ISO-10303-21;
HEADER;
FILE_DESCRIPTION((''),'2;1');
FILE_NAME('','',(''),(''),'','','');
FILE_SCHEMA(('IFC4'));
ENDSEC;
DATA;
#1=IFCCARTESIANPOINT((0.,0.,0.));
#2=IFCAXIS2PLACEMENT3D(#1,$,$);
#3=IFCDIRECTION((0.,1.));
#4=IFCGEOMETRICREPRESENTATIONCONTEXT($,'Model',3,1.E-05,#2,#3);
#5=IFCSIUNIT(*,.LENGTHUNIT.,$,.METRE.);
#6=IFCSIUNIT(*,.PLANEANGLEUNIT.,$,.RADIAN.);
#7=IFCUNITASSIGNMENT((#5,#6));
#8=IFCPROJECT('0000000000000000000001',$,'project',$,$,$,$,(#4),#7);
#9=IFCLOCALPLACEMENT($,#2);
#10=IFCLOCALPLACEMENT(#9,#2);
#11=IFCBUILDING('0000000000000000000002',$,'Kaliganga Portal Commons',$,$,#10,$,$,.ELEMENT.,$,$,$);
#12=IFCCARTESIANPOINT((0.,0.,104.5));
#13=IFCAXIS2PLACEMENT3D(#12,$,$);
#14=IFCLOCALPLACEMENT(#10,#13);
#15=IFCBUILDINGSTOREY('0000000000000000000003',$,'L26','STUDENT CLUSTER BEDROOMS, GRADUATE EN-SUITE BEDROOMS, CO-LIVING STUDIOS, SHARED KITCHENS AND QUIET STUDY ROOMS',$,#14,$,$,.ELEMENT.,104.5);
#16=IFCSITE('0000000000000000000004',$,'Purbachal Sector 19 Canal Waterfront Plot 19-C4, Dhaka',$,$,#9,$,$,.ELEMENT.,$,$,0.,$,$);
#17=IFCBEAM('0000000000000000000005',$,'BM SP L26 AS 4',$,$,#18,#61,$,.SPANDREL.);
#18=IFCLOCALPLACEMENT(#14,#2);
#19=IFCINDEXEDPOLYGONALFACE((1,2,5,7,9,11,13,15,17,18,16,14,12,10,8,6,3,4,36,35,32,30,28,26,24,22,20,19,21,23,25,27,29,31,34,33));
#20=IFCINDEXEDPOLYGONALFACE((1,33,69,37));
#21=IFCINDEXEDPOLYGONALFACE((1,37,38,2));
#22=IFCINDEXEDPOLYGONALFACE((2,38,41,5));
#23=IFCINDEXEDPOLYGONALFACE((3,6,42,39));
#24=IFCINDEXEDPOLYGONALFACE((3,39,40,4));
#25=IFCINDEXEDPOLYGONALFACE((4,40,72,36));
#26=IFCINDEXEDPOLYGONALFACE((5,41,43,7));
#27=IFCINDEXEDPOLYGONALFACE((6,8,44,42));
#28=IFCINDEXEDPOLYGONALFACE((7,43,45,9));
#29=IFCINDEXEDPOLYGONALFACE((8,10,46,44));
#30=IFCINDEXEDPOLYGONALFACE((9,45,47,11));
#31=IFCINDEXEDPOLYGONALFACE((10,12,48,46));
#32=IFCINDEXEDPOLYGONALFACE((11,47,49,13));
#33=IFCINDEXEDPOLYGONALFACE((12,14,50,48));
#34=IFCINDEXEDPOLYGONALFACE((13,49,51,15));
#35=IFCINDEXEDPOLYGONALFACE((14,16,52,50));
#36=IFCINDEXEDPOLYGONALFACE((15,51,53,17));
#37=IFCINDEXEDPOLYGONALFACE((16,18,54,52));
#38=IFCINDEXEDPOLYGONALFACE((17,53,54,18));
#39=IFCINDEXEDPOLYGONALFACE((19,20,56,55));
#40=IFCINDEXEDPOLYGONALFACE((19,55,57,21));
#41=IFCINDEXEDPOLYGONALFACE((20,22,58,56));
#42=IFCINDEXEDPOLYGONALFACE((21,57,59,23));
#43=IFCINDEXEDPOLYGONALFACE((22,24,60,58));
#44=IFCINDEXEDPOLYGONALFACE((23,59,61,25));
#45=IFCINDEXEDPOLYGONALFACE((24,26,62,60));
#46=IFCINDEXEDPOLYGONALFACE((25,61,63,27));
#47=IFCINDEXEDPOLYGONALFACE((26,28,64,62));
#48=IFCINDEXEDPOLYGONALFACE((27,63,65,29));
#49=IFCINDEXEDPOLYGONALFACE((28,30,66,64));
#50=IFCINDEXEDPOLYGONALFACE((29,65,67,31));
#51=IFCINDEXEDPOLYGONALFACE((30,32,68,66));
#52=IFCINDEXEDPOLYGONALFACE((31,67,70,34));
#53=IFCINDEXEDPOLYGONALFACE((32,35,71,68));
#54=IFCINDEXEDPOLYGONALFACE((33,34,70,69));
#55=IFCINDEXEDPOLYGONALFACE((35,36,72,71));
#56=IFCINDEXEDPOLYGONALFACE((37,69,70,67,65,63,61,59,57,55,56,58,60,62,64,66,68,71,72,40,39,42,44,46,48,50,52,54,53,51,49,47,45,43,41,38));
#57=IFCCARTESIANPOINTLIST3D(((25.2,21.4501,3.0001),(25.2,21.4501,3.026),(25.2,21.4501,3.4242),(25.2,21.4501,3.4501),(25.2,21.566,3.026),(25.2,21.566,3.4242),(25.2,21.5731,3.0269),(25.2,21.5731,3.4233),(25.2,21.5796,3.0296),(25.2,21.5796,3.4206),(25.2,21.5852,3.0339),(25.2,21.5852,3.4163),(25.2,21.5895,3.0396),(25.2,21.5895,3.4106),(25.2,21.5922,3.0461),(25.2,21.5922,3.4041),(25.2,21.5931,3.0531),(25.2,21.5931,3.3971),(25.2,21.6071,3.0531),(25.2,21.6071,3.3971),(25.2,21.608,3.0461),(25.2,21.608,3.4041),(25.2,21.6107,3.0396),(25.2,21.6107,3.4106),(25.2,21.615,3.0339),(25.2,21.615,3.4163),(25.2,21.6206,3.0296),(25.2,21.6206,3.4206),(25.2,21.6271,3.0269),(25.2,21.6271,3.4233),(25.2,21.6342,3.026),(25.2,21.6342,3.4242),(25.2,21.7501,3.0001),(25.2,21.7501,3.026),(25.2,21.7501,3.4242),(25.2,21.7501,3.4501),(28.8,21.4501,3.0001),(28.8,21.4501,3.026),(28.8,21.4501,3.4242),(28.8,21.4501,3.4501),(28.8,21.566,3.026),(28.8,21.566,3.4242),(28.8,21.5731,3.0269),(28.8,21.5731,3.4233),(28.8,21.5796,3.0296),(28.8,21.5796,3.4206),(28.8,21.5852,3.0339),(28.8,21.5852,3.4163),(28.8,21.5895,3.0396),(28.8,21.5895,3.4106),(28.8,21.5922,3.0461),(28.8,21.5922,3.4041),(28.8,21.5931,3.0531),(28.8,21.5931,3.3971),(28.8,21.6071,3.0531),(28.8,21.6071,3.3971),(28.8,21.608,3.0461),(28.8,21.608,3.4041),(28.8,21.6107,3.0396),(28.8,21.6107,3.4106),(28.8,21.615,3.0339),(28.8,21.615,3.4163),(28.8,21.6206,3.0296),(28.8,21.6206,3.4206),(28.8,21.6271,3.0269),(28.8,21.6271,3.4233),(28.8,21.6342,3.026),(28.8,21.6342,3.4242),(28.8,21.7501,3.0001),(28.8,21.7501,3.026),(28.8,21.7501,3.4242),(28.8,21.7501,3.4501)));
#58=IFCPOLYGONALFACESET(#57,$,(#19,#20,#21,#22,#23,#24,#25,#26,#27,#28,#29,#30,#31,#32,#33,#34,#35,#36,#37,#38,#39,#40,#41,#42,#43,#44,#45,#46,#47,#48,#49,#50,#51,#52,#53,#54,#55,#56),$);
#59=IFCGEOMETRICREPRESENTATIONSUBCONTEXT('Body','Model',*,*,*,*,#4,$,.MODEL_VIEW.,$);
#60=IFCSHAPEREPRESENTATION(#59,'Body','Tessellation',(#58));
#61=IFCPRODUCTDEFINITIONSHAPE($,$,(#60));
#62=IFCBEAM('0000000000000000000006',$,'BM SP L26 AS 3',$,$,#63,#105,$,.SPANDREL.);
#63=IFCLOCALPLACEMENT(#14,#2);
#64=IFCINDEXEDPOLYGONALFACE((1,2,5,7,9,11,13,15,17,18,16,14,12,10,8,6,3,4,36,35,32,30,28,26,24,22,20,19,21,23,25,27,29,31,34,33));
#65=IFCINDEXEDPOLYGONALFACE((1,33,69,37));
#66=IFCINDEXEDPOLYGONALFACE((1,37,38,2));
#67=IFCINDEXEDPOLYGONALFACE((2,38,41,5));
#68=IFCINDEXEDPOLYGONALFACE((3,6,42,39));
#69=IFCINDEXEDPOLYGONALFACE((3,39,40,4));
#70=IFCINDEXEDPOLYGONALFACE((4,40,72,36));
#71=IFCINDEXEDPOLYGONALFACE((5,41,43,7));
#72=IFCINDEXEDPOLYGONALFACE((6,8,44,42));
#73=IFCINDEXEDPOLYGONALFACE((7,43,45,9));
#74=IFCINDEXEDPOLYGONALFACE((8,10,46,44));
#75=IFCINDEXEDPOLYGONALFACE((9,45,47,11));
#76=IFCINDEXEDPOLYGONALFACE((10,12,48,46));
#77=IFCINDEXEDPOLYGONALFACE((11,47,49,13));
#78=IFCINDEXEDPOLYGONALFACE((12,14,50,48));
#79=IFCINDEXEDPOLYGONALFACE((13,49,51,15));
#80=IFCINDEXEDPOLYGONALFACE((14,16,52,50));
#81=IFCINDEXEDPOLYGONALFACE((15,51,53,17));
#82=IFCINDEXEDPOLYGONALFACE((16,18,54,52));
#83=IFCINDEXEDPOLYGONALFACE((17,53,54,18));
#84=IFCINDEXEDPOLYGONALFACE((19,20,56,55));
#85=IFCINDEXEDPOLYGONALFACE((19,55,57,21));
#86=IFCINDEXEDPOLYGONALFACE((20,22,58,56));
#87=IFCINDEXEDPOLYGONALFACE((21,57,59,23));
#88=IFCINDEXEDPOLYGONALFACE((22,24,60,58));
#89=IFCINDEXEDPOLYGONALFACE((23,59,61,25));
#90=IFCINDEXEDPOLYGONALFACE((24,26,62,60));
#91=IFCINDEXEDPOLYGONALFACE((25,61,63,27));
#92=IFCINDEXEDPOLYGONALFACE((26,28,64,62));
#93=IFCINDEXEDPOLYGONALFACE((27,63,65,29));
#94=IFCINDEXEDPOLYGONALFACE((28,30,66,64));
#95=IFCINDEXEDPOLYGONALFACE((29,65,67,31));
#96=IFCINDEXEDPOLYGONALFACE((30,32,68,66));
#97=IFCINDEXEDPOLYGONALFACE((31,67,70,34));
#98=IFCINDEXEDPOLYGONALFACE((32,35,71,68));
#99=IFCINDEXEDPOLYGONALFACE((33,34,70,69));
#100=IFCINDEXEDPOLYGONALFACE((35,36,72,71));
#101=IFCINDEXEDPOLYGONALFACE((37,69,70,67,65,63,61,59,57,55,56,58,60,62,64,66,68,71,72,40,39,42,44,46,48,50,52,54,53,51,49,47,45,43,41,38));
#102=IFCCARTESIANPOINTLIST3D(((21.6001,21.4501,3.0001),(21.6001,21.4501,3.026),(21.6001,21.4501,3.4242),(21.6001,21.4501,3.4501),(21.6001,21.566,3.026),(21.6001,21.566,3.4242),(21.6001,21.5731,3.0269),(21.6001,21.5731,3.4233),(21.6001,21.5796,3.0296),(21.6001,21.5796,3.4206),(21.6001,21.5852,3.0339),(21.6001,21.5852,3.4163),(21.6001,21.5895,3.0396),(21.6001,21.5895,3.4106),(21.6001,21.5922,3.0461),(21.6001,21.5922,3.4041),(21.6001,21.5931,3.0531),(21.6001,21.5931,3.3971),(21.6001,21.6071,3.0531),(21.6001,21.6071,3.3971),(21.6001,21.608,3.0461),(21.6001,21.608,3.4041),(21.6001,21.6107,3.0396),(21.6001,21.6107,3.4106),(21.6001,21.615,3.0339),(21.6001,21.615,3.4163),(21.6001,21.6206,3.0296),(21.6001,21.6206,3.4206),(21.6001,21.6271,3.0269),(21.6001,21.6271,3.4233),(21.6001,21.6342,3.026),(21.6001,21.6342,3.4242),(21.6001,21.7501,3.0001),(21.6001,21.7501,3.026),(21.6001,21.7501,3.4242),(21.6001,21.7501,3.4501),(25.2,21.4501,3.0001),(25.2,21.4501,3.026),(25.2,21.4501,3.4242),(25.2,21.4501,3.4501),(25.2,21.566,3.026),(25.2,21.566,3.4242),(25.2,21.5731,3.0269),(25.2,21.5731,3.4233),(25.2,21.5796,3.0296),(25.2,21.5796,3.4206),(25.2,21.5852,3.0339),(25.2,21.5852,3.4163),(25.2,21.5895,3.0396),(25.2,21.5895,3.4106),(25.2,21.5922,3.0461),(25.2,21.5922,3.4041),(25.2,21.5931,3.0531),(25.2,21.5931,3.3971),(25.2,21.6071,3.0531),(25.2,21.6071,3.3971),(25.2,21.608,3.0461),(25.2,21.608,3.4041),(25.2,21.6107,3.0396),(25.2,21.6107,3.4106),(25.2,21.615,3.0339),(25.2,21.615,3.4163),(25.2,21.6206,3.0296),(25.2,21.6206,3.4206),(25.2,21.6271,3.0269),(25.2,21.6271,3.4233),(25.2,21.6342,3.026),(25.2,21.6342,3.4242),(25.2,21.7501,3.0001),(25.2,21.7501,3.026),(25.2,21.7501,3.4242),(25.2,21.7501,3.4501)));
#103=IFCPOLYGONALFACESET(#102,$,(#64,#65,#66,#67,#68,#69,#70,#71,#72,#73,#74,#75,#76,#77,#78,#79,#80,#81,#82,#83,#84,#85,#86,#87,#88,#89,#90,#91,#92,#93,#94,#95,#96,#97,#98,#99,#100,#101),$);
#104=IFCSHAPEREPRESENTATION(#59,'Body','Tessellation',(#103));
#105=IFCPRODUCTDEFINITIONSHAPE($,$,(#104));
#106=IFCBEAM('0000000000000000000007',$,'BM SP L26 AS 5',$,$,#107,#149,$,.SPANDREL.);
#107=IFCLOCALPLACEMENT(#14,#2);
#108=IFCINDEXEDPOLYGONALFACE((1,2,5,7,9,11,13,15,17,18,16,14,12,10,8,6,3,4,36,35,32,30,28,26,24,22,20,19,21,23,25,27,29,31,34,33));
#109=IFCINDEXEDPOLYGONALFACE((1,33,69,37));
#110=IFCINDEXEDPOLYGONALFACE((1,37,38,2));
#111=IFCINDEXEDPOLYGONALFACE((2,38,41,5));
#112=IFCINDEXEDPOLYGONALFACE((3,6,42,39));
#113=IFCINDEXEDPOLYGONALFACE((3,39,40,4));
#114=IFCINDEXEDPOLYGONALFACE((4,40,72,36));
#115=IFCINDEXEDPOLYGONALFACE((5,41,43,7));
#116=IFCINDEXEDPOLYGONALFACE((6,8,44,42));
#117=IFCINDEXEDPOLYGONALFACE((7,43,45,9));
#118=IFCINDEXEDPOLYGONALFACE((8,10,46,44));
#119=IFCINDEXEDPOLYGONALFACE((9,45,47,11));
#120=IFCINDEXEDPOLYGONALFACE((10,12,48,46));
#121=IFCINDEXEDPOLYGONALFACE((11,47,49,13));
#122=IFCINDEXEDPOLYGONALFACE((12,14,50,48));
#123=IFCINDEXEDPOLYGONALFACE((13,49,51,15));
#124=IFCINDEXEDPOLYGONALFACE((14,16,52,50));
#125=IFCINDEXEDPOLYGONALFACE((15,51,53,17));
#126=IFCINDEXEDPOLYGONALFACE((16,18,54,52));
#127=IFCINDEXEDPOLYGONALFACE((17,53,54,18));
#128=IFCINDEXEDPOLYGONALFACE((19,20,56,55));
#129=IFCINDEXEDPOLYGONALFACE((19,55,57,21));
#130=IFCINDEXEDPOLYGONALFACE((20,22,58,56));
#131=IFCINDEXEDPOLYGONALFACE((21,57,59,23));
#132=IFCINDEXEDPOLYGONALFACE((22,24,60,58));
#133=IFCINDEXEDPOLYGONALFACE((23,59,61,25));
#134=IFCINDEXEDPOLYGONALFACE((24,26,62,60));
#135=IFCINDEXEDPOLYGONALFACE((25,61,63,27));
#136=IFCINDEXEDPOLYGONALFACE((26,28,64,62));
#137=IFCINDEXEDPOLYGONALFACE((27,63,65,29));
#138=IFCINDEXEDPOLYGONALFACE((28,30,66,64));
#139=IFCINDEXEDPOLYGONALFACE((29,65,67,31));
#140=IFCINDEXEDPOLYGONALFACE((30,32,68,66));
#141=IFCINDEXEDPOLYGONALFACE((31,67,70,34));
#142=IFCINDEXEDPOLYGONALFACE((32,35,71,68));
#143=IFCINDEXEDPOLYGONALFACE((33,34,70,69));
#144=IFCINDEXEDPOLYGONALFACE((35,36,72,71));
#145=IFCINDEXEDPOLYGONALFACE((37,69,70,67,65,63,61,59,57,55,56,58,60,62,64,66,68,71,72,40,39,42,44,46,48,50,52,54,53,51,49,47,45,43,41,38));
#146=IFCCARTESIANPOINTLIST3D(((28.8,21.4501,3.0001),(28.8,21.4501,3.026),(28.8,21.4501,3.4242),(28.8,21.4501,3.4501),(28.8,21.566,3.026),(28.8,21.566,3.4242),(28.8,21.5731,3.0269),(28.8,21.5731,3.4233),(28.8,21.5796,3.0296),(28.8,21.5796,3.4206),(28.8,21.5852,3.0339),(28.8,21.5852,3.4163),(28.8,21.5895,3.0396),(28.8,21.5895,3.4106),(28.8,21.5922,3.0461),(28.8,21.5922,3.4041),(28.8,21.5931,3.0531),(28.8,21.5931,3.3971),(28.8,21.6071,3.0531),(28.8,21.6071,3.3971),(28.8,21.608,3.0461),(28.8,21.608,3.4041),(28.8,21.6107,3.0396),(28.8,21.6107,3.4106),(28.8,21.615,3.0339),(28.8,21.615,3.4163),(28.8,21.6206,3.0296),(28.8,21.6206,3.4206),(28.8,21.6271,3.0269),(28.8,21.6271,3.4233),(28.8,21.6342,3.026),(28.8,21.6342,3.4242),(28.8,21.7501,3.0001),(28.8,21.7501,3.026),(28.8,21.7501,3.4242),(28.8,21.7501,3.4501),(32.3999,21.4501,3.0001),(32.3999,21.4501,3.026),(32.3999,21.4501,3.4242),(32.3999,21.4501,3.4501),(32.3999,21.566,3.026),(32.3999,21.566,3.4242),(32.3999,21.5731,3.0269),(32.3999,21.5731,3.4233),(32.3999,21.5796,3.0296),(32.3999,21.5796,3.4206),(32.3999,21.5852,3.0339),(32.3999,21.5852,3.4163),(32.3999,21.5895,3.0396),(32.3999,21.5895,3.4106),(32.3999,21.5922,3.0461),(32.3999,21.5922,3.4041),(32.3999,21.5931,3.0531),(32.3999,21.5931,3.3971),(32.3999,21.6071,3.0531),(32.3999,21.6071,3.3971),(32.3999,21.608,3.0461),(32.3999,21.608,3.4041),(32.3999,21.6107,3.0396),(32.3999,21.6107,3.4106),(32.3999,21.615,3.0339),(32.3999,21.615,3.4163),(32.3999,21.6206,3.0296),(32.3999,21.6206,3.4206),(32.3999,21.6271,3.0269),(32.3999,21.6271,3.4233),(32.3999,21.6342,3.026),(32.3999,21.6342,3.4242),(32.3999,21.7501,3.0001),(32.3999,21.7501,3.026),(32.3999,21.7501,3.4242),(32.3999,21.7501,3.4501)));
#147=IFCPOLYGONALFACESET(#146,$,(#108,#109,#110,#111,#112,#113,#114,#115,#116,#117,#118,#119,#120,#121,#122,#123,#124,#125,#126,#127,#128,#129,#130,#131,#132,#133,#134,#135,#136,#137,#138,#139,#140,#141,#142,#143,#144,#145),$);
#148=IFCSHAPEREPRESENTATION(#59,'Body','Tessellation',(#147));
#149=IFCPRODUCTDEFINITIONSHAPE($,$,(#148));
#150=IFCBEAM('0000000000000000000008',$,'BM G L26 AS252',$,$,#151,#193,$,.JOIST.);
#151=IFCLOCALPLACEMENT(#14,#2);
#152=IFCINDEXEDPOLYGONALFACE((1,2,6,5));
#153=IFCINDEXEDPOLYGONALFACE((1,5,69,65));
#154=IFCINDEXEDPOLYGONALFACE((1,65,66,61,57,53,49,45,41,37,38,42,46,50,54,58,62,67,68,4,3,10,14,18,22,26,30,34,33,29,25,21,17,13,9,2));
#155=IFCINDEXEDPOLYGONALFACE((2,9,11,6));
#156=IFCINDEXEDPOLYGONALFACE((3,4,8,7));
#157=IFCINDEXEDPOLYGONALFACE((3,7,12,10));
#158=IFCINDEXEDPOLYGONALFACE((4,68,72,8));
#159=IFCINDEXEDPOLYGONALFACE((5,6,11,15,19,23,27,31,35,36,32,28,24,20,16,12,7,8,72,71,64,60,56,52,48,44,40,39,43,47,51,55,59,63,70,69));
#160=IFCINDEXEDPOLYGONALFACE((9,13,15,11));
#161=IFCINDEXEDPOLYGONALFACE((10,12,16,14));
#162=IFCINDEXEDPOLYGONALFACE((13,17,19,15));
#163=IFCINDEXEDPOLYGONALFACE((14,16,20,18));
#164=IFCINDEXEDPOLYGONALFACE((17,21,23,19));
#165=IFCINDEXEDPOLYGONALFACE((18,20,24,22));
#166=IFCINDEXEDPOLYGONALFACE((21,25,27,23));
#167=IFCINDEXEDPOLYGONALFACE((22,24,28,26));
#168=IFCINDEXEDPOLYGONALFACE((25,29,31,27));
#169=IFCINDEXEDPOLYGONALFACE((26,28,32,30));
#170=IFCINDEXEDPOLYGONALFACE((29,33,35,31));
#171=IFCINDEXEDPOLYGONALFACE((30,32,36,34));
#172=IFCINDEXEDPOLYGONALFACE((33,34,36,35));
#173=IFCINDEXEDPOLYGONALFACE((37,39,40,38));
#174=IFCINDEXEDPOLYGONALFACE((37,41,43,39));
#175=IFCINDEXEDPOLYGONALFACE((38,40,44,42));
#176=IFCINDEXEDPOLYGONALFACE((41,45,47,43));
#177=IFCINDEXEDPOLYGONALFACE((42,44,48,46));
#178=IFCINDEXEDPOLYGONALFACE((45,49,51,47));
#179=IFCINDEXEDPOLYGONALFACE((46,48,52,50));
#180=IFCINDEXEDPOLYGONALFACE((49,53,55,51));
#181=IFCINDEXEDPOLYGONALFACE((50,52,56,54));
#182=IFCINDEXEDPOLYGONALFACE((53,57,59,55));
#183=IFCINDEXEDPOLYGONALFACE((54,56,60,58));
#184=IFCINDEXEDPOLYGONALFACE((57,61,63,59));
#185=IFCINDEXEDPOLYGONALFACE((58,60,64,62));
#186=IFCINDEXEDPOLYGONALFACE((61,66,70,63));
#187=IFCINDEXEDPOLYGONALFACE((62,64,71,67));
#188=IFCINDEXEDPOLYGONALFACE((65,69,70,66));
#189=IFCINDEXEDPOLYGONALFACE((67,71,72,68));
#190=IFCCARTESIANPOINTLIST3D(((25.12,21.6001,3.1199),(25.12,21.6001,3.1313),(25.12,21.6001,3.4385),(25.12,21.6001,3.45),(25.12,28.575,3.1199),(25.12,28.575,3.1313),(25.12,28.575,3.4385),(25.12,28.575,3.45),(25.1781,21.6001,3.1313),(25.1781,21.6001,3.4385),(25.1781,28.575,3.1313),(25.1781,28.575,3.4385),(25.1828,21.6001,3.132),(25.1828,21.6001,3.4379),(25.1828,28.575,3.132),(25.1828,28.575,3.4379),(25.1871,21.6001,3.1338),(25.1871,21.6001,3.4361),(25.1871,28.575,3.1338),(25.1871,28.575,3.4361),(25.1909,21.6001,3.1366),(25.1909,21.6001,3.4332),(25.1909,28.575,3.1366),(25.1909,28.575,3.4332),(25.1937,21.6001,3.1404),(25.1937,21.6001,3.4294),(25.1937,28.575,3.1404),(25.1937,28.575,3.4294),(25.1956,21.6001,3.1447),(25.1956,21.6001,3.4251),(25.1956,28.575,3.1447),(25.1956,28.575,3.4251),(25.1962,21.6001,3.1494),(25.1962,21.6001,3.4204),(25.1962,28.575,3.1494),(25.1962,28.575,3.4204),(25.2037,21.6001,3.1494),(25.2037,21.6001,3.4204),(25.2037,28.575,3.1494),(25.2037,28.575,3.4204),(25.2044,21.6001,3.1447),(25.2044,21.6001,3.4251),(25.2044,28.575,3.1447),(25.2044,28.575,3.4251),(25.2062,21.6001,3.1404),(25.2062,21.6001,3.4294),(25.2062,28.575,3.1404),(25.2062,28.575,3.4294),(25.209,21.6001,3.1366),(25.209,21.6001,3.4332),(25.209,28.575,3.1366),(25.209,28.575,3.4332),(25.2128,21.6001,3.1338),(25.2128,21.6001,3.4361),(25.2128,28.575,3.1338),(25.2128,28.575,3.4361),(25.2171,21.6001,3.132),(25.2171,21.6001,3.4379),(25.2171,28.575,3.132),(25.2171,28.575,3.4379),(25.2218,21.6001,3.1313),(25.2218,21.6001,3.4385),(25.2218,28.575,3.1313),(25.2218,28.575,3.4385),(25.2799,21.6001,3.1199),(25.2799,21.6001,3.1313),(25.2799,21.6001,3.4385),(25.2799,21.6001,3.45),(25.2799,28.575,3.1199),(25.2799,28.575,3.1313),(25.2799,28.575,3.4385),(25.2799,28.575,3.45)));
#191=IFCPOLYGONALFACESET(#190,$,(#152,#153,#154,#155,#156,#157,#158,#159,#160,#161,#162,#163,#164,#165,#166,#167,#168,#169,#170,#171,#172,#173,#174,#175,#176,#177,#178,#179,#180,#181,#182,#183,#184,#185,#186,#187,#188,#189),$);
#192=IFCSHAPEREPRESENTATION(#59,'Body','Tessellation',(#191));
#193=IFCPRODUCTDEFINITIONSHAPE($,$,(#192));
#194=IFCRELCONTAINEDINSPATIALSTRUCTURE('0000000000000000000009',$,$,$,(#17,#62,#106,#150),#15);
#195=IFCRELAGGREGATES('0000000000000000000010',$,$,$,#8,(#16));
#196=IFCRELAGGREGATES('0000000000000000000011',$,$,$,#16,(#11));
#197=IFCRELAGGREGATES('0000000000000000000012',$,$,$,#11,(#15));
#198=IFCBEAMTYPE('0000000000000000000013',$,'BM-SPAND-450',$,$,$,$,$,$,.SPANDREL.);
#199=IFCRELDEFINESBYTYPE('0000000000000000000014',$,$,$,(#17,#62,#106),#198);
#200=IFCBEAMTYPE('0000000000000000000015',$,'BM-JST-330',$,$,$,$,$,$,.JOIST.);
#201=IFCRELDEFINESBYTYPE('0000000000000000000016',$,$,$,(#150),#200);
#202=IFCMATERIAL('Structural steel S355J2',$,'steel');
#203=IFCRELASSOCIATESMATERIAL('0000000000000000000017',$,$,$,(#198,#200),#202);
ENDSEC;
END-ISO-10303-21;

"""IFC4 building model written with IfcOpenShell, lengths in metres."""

from ifc_helpers import new_model, si_unit, direction, frame, origin, origin_2d, place, context, subcontext, project, spatial, i_section, extrude, source, transform, mapped, material, material_profile, profile_set, type_object, element, save


model = new_model("IFC4")

# Units and contexts
model_context = context("Model", 3, precision=1e-05, world=origin(), true_north=direction((0.0, 1.0)))
body_context = subcontext(model_context, "Body", "Model", "MODEL_VIEW")
ifc_project = project(units=[si_unit("LENGTHUNIT", "METRE"), si_unit("PLANEANGLEUNIT", "RADIAN")], contexts=[model_context])

# Site, building, storey
site_placement = place(None, origin())
site = spatial("IfcSite", under=ifc_project, at=site_placement, Name="Purbachal Sector 19 Canal Waterfront Plot 19-C4, Dhaka", CompositionType="ELEMENT", RefElevation=0.0)
building_placement = place(site_placement, origin())
building = spatial("IfcBuilding", under=site, at=building_placement, Name="Kaliganga Portal Commons", CompositionType="ELEMENT")
storey_placement = place(building_placement, frame((0.0, 0.0, 104.5)))
storey = spatial("IfcBuildingStorey", under=building, at=storey_placement, Name="L26", Description="STUDENT CLUSTER BEDROOMS, GRADUATE EN-SUITE BEDROOMS, CO-LIVING STUDIOS, SHARED KITCHENS AND QUIET STUDY ROOMS", CompositionType="ELEMENT", Elevation=104.5)

# Beams
ifc_material_1 = material(Name="Structural steel S355J2", Category="steel")
ifc_material_profile_1 = material_profile(ifc_material_1, i_section(OverallWidth=0.3, OverallDepth=0.45, WebThickness=0.0139, FlangeThickness=0.0259, FilletRadius=0.0271, at=origin_2d()), Name="HE 450 B")
ifc_profile_set_1 = profile_set([ifc_material_profile_1], Name="Structural steel S355J2 wide-flange")
beam_type_1 = type_object("IfcBeamType", Name="BM-SPAND-450", PredefinedType="SPANDREL", material=ifc_profile_set_1)
shared_shape_1 = source(origin(), body_context, "Body", "SweptSolid", [
    extrude(i_section(OverallWidth=0.3, OverallDepth=0.45, WebThickness=0.0139, FlangeThickness=0.0259, FilletRadius=0.0271, at=origin_2d()), origin(), (0.0, 0.0, 1.0), 3.6001),
])
beam_1_placement = place(storey_placement, frame((25.2, 21.6001, 3.2251), z_axis=(1.0, 0.0, 0.0), x_axis=(0.0, 1.0, 0.0)))
element("IfcBeam", 1, at=beam_1_placement, inside=storey, type_object=beam_type_1, Name="BM SP L26 AS 4", PredefinedType="SPANDREL", context=body_context, shape_type="MappedRepresentation", body=[
    mapped(shared_shape_1, transform((0.0, 0.0, 0.0), x_axis=(1.0, 0.0, 0.0), y_axis=(0.0, 1.0, 0.0), z_axis=(0.0, 0.0, 1.0), scale=1.0)),
])
shared_shape_2 = source(origin(), body_context, "Body", "SweptSolid", [
    extrude(i_section(OverallWidth=0.3, OverallDepth=0.45, WebThickness=0.0139, FlangeThickness=0.0259, FilletRadius=0.0271, at=origin_2d()), origin(), (0.0, 0.0, 1.0), 3.5999),
])
for number, where, z_axis, x_axis, name in (
    (2, (21.6001, 21.6001, 3.2251), (1.0, 0.0, 0.0), (0.0, 1.0, 0.0), "BM SP L26 AS 3"),
    (3, (28.8, 21.6001, 3.2251), (1.0, 0.0, 0.0), (0.0, 1.0, 0.0), "BM SP L26 AS 5"),
):
    element("IfcBeam", number, at=place(storey_placement, frame(where, z_axis=z_axis, x_axis=x_axis)), inside=storey, type_object=beam_type_1, Name=name, PredefinedType="SPANDREL", context=body_context, shape_type="MappedRepresentation", body=[
        mapped(shared_shape_2, transform((0.0, 0.0, 0.0), x_axis=(1.0, 0.0, 0.0), y_axis=(0.0, 1.0, 0.0), z_axis=(0.0, 0.0, 1.0), scale=1.0)),
    ])
ifc_material_profile_2 = material_profile(ifc_material_1, i_section(OverallWidth=0.1599, OverallDepth=0.3301, WebThickness=0.0076, FlangeThickness=0.0115, FilletRadius=0.0181, at=origin_2d()), Name="IPE 330")
ifc_profile_set_2 = profile_set([ifc_material_profile_2], Name="Structural steel S355J2 wide-flange")
beam_type_2 = type_object("IfcBeamType", Name="BM-JST-330", PredefinedType="JOIST", material=ifc_profile_set_2)
shared_shape_3 = source(origin(), body_context, "Body", "SweptSolid", [
    extrude(i_section(OverallWidth=0.1599, OverallDepth=0.3301, WebThickness=0.0076, FlangeThickness=0.0115, FilletRadius=0.0181, at=origin_2d()), origin(), (0.0, 0.0, 1.0), 6.9749),
])
beam_2_placement = place(storey_placement, frame((25.2, 21.6001, 3.2849), z_axis=(0.0, 1.0, 0.0), x_axis=(-1.0, 0.0, 0.0)))
element("IfcBeam", 4, at=beam_2_placement, inside=storey, type_object=beam_type_2, Name="BM G L26 AS252", PredefinedType="JOIST", context=body_context, shape_type="MappedRepresentation", body=[
    mapped(shared_shape_3, transform((0.0, 0.0, 0.0), x_axis=(1.0, 0.0, 0.0), y_axis=(0.0, 1.0, 0.0), z_axis=(0.0, 0.0, 1.0), scale=1.0)),
])

save(model, "model.ifc")
